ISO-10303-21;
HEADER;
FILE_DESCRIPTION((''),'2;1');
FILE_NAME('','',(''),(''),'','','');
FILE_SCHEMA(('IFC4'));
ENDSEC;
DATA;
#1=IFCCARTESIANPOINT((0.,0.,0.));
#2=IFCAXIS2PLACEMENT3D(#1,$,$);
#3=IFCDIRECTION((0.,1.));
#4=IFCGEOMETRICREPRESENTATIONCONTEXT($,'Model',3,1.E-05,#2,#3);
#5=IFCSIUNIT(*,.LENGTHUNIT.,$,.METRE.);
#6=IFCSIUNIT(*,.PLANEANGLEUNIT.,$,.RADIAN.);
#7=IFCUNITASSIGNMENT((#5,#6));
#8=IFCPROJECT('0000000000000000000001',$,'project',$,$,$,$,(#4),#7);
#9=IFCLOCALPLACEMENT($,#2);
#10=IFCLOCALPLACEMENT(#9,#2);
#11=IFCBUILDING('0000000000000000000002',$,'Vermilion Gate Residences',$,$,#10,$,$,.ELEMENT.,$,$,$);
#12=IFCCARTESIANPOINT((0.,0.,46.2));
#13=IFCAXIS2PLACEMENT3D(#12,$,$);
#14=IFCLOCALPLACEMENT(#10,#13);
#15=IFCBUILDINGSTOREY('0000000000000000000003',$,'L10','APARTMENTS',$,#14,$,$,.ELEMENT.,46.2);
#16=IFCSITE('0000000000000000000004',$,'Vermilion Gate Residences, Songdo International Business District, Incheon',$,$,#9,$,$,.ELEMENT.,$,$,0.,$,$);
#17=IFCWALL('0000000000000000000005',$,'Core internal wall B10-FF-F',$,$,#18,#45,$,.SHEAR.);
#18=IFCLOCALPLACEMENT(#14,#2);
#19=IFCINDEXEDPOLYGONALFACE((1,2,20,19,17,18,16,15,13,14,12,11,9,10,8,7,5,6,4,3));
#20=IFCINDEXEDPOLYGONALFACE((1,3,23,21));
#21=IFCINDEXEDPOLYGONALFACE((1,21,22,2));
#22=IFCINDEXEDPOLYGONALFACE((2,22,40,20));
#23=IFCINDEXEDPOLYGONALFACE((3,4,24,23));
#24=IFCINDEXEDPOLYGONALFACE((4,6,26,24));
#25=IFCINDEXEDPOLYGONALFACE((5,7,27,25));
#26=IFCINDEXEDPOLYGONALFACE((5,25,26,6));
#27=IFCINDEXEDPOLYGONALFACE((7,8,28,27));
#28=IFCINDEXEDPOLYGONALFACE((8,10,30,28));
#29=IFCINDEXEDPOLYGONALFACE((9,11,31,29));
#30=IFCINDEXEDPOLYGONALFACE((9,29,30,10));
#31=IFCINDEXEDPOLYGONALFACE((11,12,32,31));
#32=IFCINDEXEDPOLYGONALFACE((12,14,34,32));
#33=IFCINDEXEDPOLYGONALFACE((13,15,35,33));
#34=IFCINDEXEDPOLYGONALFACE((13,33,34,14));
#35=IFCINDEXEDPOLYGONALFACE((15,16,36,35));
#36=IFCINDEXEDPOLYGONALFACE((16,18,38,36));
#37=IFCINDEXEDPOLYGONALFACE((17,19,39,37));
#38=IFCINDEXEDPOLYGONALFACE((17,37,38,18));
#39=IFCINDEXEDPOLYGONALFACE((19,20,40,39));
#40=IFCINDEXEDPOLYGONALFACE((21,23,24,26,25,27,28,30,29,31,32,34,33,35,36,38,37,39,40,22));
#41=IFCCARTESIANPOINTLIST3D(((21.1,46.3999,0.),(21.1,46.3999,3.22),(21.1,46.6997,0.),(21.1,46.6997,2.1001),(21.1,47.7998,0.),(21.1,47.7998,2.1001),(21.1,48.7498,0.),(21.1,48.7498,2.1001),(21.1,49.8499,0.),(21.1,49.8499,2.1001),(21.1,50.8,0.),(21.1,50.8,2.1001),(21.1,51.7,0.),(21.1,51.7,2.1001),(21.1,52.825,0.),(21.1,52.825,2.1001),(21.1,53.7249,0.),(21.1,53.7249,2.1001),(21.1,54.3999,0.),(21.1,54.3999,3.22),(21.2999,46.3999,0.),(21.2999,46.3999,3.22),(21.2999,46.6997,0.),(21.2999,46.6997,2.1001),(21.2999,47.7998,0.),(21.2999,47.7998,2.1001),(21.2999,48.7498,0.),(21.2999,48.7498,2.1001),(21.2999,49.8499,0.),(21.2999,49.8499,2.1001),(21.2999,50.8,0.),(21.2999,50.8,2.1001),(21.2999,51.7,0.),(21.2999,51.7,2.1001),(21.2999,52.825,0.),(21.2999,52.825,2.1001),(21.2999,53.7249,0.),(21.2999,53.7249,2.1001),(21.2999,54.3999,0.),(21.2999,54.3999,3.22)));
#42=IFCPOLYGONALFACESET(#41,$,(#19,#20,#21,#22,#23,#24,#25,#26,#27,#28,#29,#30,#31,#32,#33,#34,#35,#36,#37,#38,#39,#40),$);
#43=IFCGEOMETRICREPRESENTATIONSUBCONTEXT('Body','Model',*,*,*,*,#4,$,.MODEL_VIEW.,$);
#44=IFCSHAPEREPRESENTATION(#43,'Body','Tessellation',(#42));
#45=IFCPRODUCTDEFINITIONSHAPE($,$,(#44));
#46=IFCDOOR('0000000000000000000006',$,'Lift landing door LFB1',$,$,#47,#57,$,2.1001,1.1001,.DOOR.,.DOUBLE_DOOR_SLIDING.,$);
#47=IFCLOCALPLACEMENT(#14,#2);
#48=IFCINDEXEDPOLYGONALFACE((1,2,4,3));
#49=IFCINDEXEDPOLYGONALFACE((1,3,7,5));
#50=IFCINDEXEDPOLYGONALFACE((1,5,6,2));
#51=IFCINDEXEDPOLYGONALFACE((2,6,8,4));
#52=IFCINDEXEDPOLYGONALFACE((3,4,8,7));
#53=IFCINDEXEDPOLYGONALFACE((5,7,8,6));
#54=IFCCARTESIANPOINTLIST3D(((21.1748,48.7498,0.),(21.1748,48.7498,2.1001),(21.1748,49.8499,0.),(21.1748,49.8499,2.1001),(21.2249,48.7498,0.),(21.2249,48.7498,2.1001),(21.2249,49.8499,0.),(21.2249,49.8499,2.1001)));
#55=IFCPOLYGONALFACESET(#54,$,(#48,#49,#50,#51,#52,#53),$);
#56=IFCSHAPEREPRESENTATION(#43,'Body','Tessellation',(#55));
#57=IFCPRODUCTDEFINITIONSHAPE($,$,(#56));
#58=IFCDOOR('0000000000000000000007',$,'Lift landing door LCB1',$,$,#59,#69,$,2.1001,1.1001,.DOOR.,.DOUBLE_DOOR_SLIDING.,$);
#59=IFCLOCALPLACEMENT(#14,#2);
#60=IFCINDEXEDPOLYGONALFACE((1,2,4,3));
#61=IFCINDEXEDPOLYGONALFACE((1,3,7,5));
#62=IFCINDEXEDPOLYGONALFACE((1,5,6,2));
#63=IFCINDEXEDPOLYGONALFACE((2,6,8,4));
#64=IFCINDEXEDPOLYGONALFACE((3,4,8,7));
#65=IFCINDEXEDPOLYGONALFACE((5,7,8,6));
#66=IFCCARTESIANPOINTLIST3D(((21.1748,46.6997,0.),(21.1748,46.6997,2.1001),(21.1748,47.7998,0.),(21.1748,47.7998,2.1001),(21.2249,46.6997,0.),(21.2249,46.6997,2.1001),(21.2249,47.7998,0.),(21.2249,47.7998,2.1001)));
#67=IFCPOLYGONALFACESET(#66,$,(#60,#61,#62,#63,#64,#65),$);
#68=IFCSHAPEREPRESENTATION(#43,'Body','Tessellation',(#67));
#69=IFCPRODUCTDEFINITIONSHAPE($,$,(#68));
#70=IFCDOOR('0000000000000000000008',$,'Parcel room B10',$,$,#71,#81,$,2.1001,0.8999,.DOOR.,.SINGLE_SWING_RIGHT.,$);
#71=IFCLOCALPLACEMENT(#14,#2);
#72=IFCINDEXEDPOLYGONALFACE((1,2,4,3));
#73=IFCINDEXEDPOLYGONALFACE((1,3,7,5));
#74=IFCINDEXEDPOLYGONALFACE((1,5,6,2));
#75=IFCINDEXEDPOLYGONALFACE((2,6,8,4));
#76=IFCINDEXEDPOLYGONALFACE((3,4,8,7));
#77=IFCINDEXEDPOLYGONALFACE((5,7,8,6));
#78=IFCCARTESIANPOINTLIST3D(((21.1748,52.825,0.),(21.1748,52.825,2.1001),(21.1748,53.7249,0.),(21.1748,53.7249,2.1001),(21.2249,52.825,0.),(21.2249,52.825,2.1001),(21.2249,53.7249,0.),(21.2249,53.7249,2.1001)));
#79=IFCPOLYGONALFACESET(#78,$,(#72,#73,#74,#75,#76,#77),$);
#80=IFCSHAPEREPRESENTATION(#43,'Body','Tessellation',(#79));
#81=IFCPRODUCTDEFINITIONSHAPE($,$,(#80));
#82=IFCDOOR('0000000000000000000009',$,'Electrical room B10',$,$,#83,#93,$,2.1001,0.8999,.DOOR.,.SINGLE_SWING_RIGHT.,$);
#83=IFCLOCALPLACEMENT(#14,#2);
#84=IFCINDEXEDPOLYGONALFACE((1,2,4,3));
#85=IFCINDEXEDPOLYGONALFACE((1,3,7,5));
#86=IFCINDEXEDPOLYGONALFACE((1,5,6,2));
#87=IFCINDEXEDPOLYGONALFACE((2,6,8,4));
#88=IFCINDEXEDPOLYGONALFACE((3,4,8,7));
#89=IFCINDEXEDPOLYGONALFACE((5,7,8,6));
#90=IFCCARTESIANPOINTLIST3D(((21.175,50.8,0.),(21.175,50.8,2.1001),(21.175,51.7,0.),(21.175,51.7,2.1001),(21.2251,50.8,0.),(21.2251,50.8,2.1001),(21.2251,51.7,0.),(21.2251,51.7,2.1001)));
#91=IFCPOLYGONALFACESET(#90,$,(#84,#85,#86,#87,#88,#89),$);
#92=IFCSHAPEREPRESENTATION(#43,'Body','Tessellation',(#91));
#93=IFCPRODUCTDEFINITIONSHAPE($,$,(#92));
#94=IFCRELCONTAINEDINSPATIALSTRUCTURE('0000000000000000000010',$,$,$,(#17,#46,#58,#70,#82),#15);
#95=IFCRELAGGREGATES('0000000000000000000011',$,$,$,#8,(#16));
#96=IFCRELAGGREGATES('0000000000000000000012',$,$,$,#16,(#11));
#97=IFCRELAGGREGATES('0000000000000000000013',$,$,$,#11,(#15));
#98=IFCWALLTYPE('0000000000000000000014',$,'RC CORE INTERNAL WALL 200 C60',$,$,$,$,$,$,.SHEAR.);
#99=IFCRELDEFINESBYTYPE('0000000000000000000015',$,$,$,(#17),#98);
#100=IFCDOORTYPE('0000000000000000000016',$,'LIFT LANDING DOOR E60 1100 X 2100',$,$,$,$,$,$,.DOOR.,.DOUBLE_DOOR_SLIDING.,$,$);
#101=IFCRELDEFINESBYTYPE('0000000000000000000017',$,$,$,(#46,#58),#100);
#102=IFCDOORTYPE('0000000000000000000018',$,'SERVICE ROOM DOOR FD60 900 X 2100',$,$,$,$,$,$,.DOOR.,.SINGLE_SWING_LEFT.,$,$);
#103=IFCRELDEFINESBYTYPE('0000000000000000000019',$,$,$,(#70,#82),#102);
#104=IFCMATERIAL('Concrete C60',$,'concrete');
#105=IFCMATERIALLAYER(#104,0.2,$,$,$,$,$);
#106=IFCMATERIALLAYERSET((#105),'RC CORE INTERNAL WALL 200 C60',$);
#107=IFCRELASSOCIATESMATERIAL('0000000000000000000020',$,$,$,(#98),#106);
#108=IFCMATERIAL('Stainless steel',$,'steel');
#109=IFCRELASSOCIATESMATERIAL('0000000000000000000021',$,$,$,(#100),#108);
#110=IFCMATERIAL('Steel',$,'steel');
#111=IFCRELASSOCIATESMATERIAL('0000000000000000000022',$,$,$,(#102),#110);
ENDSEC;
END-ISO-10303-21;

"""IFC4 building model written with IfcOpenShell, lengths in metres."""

from ifc_helpers import new_model, si_unit, direction, frame, frame_2d, origin, place, context, subcontext, project, spatial, rectangle, extrude, material, layer, layer_set, type_object, element, fill, save


model = new_model("IFC4")

# Units and contexts
model_context = context("Model", 3, precision=1e-05, world=origin(), true_north=direction((0.0, 1.0)))
body_context = subcontext(model_context, "Body", "Model", "MODEL_VIEW")
ifc_project = project(units=[si_unit("LENGTHUNIT", "METRE"), si_unit("PLANEANGLEUNIT", "RADIAN")], contexts=[model_context])

# Site, building, storey
site_placement = place(None, origin())
site = spatial("IfcSite", under=ifc_project, at=site_placement, Name="Vermilion Gate Residences, Songdo International Business District, Incheon", CompositionType="ELEMENT", RefElevation=0.0)
building_placement = place(site_placement, origin())
building = spatial("IfcBuilding", under=site, at=building_placement, Name="Vermilion Gate Residences", CompositionType="ELEMENT")
storey_placement = place(building_placement, frame((0.0, 0.0, 46.2)))
storey = spatial("IfcBuildingStorey", under=building, at=storey_placement, Name="L10", Description="APARTMENTS", CompositionType="ELEMENT", Elevation=46.2)

# Shared definitions
ifc_material_1 = material(Name="Concrete C60", Category="concrete")
ifc_layer_1 = layer(ifc_material_1, 0.2)
ifc_layer_set_1 = layer_set([ifc_layer_1], Name="RC CORE INTERNAL WALL 200 C60")
wall_type_1 = type_object("IfcWallType", Name="RC CORE INTERNAL WALL 200 C60", PredefinedType="SHEAR", material=ifc_layer_set_1)

# Wall, openings, doors
wall_1_placement = place(storey_placement, frame((21.2, 54.3999, 0.0), z_axis=(0.0, 0.0, 1.0), x_axis=(0.0, -1.0, 0.0)))
wall_1 = element("IfcWall", 1, at=wall_1_placement, inside=storey, type_object=wall_type_1, Name="Core internal wall B10-FF-F", PredefinedType="SHEAR", context=body_context, shape_type="SweptSolid", body=[
    extrude(rectangle(XDim=8.0, YDim=0.2, at=frame_2d((4.0, 0.0))), origin(), (0.0, 0.0, 1.0), 3.22),
])
opening_1_placement = place(wall_1_placement, frame((0.675, 0.0, 0.0)))
opening_1 = element("IfcOpeningElement", 2, at=opening_1_placement, cuts=wall_1, PredefinedType="OPENING", context=body_context, shape_type="SweptSolid", body=[
    extrude(rectangle(XDim=0.8999, YDim=2.1001, at=frame_2d((0.45, 1.05))), frame((0.0, 0.1099, 0.0), z_axis=(0.0, -1.0, 0.0), x_axis=(1.0, 0.0, 0.0)), (0.0, 0.0, 1.0), 0.22),
])
opening_2_placement = place(wall_1_placement, frame((2.7, 0.0, 0.0)))
opening_2 = element("IfcOpeningElement", 3, at=opening_2_placement, cuts=wall_1, PredefinedType="OPENING", context=body_context, shape_type="SweptSolid", body=[
    extrude(rectangle(XDim=0.8999, YDim=2.1001, at=frame_2d((0.45, 1.05))), frame((0.0, 0.1099, 0.0), z_axis=(0.0, -1.0, 0.0), x_axis=(1.0, 0.0, 0.0)), (0.0, 0.0, 1.0), 0.22),
])
opening_3_placement = place(wall_1_placement, frame((4.55, 0.0, 0.0)))
opening_3 = element("IfcOpeningElement", 4, at=opening_3_placement, cuts=wall_1, PredefinedType="OPENING", context=body_context, shape_type="SweptSolid", body=[
    extrude(rectangle(XDim=1.1001, YDim=2.1001, at=frame_2d((0.55, 1.05))), frame((0.0, 0.1099, 0.0), z_axis=(0.0, -1.0, 0.0), x_axis=(1.0, 0.0, 0.0)), (0.0, 0.0, 1.0), 0.22),
])
opening_4_placement = place(wall_1_placement, frame((6.6001, 0.0, 0.0)))
opening_4 = element("IfcOpeningElement", 5, at=opening_4_placement, cuts=wall_1, PredefinedType="OPENING", context=body_context, shape_type="SweptSolid", body=[
    extrude(rectangle(XDim=1.1001, YDim=2.1001, at=frame_2d((0.55, 1.05))), frame((0.0, 0.1099, 0.0), z_axis=(0.0, -1.0, 0.0), x_axis=(1.0, 0.0, 0.0)), (0.0, 0.0, 1.0), 0.22),
])
ifc_material_2 = material(Name="Stainless steel", Category="steel")
door_type_1 = type_object("IfcDoorType", Name="LIFT LANDING DOOR E60 1100 X 2100", OperationType="DOUBLE_DOOR_SLIDING", PredefinedType="DOOR", material=ifc_material_2)
door_1_placement = place(opening_3_placement, origin())
door_1 = element("IfcDoor", 6, at=door_1_placement, inside=storey, type_object=door_type_1, Name="Lift landing door LFB1", OperationType="DOUBLE_DOOR_SLIDING", OverallHeight=2.1001, OverallWidth=1.1001, PredefinedType="DOOR", context=body_context, shape_type="SweptSolid", body=[
    extrude(rectangle(XDim=1.1001, YDim=2.1001, at=frame_2d((0.55, 1.05))), frame((0.0, 0.0249, 0.0), z_axis=(0.0, -1.0, 0.0), x_axis=(1.0, 0.0, 0.0)), (0.0, 0.0, 1.0), 0.05),
])
fill(opening_3, door_1)
door_2_placement = place(opening_4_placement, origin())
door_2 = element("IfcDoor", 7, at=door_2_placement, inside=storey, type_object=door_type_1, Name="Lift landing door LCB1", OperationType="DOUBLE_DOOR_SLIDING", OverallHeight=2.1001, OverallWidth=1.1001, PredefinedType="DOOR", context=body_context, shape_type="SweptSolid", body=[
    extrude(rectangle(XDim=1.1001, YDim=2.1001, at=frame_2d((0.55, 1.05))), frame((0.0, 0.0249, 0.0), z_axis=(0.0, -1.0, 0.0), x_axis=(1.0, 0.0, 0.0)), (0.0, 0.0, 1.0), 0.05),
])
fill(opening_4, door_2)
ifc_material_3 = material(Name="Steel", Category="steel")
door_type_2 = type_object("IfcDoorType", Name="SERVICE ROOM DOOR FD60 900 X 2100", OperationType="SINGLE_SWING_LEFT", PredefinedType="DOOR", material=ifc_material_3)
door_3_placement = place(opening_1_placement, origin())
door_3 = element("IfcDoor", 8, at=door_3_placement, inside=storey, type_object=door_type_2, Name="Parcel room B10", OperationType="SINGLE_SWING_RIGHT", OverallHeight=2.1001, OverallWidth=0.8999, PredefinedType="DOOR", context=body_context, shape_type="SweptSolid", body=[
    extrude(rectangle(XDim=0.8999, YDim=2.1001, at=frame_2d((0.45, 1.05))), frame((0.0, 0.0249, 0.0), z_axis=(0.0, -1.0, 0.0), x_axis=(1.0, 0.0, 0.0)), (0.0, 0.0, 1.0), 0.05),
])
fill(opening_1, door_3)
door_4_placement = place(opening_2_placement, frame((0.8999, 0.0, 0.0), z_axis=(0.0, 0.0, 1.0), x_axis=(-1.0, 0.0, 0.0)))
door_4 = element("IfcDoor", 9, at=door_4_placement, inside=storey, type_object=door_type_2, Name="Electrical room B10", OperationType="SINGLE_SWING_RIGHT", OverallHeight=2.1001, OverallWidth=0.8999, PredefinedType="DOOR", context=body_context, shape_type="SweptSolid", body=[
    extrude(rectangle(XDim=0.8999, YDim=2.1001, at=frame_2d((0.45, 1.05))), frame((0.0, 0.0249, 0.0), z_axis=(0.0, -1.0, 0.0), x_axis=(1.0, 0.0, 0.0)), (0.0, 0.0, 1.0), 0.05),
])
fill(opening_2, door_4)

save(model, "model.ifc")
